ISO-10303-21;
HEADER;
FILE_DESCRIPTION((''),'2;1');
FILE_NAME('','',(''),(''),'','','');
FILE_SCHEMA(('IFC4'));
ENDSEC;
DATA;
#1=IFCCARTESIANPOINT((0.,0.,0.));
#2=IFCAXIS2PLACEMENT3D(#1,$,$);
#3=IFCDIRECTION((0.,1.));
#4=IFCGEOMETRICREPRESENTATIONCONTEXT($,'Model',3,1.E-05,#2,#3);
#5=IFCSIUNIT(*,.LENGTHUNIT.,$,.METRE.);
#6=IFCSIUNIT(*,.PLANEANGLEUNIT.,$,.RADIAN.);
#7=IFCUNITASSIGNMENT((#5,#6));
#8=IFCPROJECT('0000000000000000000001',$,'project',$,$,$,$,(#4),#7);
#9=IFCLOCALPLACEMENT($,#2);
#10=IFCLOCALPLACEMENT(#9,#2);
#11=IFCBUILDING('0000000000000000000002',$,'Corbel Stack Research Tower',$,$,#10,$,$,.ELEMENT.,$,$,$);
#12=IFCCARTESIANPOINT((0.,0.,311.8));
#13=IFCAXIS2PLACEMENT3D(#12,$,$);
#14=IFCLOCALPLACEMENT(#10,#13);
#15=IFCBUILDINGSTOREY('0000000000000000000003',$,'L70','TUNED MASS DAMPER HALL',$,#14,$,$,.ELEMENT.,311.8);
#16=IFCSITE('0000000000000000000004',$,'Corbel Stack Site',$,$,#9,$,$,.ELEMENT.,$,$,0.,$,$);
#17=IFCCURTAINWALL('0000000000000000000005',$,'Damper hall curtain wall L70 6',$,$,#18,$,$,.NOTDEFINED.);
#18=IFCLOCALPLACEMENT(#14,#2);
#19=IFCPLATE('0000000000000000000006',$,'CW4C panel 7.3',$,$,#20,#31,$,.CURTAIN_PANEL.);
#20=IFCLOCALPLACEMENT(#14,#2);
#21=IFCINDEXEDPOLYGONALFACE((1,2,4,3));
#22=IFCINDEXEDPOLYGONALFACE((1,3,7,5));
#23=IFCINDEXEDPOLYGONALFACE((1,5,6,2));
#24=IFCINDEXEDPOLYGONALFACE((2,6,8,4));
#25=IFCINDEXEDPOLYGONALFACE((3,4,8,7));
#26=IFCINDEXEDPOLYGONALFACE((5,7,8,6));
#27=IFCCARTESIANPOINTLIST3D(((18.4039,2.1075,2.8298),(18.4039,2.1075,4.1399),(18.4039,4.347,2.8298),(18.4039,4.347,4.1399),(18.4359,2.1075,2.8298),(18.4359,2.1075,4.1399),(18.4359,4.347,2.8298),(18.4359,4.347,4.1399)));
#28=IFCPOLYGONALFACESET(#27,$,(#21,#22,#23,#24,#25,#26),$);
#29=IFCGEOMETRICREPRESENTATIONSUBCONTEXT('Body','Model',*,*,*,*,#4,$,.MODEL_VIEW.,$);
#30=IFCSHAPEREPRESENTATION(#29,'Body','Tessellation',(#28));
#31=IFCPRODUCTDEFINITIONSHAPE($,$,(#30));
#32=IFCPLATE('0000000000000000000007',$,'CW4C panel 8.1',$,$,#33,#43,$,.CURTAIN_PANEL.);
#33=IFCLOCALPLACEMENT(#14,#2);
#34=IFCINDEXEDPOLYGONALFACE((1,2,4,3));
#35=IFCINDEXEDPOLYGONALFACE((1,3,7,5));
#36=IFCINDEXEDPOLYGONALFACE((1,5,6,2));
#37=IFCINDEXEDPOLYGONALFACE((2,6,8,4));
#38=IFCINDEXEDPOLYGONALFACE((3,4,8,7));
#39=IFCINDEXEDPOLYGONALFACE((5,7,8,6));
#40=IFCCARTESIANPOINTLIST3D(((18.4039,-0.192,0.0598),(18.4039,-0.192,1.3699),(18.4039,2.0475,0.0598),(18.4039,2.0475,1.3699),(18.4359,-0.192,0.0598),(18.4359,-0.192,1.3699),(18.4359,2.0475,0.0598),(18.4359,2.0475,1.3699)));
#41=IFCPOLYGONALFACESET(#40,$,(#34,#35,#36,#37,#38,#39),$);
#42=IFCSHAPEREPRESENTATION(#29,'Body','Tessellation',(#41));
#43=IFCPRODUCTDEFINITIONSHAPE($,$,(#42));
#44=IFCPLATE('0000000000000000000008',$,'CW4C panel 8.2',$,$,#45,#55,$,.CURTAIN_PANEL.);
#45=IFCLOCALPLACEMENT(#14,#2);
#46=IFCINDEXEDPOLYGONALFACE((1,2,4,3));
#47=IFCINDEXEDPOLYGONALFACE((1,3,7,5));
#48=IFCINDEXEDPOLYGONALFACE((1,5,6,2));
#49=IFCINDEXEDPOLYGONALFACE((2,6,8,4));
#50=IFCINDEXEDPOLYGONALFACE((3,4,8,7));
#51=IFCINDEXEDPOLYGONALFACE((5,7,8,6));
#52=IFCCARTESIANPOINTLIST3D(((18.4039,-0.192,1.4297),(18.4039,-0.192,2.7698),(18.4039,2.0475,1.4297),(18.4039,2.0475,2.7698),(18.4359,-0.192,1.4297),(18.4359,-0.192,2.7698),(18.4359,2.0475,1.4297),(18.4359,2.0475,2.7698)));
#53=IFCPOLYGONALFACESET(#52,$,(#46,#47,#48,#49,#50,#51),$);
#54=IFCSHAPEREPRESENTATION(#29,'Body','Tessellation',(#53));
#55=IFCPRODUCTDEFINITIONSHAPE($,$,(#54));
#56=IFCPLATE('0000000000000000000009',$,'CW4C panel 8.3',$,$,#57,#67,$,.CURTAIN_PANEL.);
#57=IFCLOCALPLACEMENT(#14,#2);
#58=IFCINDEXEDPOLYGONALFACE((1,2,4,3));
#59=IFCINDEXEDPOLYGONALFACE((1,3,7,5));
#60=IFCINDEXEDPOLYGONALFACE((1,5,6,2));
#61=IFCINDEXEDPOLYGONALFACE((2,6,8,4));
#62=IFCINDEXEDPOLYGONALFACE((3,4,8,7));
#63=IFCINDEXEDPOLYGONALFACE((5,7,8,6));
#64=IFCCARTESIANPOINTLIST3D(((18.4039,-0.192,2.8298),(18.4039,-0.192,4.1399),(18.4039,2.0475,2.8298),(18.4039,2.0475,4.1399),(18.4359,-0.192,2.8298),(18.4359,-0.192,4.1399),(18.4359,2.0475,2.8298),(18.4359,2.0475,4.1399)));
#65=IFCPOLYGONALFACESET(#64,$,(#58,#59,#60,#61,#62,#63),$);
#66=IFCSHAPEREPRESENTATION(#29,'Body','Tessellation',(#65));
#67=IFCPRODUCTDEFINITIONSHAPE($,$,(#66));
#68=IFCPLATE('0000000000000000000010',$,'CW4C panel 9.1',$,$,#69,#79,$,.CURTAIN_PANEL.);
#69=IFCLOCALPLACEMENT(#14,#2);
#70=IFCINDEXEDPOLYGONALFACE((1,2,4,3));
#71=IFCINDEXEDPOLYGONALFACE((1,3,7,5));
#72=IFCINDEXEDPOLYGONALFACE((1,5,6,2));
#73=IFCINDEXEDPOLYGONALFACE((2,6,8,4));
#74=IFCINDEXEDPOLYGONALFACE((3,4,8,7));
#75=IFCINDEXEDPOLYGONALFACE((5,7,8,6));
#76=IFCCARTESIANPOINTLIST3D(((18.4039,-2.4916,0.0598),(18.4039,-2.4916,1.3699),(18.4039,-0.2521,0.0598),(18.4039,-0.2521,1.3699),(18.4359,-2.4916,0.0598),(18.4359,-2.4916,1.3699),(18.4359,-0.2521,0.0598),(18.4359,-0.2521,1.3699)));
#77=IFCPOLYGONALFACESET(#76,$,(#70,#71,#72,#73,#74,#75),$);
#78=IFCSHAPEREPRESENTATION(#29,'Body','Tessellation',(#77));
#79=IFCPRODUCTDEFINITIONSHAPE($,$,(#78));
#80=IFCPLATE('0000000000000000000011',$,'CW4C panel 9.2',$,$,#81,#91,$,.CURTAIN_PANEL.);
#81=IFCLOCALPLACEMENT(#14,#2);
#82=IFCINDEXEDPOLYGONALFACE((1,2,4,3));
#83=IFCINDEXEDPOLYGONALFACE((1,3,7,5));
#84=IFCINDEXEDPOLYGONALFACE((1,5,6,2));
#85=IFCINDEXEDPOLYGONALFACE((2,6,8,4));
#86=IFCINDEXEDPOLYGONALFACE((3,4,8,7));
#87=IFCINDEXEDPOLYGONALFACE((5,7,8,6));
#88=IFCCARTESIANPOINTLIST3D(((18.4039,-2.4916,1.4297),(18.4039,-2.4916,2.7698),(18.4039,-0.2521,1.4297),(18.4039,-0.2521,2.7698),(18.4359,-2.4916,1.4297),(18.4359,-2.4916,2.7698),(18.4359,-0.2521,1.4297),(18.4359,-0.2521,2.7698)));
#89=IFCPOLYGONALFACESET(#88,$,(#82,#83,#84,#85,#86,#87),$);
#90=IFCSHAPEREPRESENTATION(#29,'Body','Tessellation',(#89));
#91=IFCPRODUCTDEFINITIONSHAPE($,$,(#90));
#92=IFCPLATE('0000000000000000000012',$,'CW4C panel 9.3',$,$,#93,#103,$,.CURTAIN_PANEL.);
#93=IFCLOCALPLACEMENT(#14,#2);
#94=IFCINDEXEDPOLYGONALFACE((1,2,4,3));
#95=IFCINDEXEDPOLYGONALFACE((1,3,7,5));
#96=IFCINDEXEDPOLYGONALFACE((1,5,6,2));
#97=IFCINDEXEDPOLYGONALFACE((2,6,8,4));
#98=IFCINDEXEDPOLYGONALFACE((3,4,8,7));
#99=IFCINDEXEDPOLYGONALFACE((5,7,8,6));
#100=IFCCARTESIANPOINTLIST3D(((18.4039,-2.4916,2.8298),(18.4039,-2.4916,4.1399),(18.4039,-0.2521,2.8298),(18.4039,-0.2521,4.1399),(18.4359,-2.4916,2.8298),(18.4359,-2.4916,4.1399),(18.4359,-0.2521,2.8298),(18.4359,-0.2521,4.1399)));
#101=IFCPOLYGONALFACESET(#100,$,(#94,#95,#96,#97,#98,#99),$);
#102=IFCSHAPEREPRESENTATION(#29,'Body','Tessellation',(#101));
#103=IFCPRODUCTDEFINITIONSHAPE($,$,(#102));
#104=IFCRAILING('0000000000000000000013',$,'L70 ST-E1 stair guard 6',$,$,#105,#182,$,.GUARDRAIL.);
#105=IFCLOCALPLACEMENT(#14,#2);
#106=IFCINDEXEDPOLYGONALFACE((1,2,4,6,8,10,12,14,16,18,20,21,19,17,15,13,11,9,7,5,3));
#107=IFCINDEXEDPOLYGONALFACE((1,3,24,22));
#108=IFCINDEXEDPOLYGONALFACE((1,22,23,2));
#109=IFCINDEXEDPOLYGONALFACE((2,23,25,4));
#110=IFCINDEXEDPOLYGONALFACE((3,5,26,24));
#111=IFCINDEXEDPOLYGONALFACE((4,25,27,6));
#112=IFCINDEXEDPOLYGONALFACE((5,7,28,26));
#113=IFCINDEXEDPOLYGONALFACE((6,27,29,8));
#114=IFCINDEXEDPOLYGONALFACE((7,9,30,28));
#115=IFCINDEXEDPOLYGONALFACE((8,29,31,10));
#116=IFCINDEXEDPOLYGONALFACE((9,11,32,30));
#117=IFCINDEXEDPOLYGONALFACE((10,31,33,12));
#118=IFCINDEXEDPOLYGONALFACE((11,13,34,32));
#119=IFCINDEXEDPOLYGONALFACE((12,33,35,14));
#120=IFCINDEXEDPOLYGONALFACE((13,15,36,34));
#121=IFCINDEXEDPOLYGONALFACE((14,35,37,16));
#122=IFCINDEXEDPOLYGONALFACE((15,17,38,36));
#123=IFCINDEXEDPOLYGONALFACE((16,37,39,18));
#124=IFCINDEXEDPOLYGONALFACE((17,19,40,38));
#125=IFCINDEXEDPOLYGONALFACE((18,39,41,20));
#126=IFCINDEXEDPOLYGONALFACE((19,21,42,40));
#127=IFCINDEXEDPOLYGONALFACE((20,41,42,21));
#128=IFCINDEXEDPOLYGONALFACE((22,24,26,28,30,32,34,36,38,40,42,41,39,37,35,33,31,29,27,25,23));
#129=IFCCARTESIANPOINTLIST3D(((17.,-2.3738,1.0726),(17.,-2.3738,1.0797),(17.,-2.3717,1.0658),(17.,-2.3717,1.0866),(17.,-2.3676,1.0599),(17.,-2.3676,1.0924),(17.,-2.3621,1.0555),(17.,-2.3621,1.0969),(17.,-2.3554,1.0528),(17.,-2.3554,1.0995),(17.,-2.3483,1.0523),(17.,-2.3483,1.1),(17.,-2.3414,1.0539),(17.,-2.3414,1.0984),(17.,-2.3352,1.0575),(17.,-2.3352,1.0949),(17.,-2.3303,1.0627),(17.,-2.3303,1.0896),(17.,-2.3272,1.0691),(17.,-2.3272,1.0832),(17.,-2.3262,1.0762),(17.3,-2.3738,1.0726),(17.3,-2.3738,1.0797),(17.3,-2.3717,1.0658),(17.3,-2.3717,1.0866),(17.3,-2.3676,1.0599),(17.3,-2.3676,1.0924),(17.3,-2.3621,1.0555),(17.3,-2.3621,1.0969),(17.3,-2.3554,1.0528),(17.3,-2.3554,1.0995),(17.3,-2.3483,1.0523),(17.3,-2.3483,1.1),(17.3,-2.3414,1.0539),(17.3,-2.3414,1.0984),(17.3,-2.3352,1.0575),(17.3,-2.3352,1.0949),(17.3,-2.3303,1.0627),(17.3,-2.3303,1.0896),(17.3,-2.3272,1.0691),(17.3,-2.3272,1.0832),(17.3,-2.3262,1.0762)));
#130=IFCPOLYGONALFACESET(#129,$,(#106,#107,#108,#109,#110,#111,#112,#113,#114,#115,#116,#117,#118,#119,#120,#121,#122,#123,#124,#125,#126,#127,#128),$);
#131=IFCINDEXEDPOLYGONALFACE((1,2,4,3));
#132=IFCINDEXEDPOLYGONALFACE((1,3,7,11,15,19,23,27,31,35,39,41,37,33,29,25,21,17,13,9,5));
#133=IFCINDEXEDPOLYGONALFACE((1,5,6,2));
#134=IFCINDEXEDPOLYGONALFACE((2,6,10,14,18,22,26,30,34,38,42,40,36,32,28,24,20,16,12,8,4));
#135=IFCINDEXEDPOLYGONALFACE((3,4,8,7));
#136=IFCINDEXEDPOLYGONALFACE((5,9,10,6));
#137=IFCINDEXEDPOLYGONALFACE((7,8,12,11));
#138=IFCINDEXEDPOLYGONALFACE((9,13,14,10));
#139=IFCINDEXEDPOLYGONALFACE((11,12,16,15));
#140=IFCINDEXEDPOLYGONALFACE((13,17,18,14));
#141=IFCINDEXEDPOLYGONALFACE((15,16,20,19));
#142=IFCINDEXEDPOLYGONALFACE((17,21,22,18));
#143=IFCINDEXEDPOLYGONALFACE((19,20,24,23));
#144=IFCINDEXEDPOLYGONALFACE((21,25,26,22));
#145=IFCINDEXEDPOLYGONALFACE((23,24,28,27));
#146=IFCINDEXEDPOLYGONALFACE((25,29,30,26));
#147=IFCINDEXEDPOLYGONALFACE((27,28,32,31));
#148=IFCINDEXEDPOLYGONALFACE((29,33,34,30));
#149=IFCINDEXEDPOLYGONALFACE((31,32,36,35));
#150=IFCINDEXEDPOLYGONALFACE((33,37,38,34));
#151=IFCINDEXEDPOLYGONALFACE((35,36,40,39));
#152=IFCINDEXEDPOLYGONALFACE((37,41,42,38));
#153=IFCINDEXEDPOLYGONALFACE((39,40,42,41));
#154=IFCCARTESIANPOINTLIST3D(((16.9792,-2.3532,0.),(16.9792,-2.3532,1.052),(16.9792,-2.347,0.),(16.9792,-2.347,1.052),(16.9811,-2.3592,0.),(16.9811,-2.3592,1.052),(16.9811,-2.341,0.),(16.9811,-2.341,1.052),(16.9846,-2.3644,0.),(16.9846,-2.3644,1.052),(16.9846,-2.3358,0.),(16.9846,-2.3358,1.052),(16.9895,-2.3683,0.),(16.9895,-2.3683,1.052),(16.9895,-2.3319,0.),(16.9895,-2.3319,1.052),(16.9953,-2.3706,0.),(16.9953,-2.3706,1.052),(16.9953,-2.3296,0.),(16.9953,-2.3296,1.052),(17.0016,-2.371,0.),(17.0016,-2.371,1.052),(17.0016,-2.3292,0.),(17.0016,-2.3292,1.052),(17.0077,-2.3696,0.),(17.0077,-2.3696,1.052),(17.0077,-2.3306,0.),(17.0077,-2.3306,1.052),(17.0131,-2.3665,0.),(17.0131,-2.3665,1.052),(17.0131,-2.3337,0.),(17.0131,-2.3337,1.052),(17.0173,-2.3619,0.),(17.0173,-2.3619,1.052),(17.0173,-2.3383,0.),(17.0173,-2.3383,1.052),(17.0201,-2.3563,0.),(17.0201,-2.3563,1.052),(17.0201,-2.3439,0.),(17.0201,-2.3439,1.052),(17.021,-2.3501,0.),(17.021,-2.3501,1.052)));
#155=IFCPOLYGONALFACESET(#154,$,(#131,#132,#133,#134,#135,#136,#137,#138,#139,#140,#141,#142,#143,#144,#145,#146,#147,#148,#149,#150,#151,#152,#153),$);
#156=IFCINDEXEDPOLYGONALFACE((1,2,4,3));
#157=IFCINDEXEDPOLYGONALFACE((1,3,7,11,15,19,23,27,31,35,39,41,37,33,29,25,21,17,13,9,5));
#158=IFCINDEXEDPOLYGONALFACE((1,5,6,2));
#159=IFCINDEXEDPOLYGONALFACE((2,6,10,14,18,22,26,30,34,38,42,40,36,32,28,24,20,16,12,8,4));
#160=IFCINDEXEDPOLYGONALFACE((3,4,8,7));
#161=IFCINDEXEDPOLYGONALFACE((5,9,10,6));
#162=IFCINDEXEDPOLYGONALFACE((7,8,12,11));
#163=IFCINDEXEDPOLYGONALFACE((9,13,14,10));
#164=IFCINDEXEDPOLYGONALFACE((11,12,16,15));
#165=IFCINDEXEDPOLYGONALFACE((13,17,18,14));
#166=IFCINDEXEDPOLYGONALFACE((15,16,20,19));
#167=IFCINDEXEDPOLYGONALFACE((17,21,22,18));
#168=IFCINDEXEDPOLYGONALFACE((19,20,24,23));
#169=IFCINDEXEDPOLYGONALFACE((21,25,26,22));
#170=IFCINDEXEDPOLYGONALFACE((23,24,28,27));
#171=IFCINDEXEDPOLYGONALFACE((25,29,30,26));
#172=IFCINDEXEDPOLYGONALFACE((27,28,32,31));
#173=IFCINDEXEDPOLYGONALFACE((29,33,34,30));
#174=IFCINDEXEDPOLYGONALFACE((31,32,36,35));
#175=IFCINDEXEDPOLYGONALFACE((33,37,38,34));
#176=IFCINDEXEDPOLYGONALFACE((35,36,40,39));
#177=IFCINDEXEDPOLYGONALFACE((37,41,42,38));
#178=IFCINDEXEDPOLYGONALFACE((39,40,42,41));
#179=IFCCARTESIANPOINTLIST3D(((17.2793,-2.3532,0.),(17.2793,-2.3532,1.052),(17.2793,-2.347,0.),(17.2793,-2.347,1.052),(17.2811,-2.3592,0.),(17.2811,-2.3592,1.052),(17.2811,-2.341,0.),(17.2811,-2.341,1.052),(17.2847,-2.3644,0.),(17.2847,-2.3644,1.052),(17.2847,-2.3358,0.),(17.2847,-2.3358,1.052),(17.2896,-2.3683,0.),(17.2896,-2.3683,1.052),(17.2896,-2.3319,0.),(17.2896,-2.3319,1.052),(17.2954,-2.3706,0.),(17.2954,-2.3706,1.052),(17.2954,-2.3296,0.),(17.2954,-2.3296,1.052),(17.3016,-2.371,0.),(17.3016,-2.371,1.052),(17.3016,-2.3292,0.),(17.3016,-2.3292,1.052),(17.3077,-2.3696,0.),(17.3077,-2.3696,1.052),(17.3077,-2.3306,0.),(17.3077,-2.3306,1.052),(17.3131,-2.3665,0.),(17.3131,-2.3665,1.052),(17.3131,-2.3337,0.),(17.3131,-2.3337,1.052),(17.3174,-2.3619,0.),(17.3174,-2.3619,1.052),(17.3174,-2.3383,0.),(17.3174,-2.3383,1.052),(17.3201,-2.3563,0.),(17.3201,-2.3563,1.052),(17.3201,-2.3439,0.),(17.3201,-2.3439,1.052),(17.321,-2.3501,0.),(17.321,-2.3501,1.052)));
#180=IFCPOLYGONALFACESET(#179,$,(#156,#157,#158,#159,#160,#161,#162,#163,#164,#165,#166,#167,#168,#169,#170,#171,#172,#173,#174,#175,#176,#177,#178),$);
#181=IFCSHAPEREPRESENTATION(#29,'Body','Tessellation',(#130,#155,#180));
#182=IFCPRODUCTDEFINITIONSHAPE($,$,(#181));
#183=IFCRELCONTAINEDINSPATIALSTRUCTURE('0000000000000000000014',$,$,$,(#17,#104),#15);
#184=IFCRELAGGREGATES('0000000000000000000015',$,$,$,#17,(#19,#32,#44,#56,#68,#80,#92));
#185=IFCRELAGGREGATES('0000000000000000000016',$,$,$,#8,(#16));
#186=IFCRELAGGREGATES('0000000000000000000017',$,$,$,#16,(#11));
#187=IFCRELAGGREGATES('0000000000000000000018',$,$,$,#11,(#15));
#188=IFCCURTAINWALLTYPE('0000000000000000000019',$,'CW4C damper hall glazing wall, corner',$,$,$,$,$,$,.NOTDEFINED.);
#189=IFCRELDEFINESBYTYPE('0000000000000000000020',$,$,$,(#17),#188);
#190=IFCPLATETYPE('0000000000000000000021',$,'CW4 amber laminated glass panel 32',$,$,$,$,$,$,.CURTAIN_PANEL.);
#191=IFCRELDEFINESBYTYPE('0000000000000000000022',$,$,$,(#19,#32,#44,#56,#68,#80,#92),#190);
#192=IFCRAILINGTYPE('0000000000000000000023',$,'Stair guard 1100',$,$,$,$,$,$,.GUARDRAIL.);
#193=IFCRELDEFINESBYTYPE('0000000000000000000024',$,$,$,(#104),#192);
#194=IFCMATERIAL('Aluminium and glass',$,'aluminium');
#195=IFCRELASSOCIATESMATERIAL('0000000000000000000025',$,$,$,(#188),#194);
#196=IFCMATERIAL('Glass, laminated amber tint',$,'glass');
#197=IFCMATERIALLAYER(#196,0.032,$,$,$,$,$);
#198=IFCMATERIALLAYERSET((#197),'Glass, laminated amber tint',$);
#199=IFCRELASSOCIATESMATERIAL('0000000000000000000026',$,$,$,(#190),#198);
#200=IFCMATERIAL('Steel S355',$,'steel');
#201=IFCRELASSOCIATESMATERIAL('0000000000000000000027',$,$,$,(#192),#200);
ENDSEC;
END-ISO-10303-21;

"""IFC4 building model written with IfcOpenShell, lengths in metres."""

from ifc_helpers import new_model, si_unit, direction, frame, origin, origin_2d, place, context, subcontext, project, spatial, rectangle, circle, extrude, material, layer, layer_set, type_object, element, aggregate, save


model = new_model("IFC4")

# Units and contexts
model_context = context("Model", 3, precision=1e-05, world=origin(), true_north=direction((0.0, 1.0)))
body_context = subcontext(model_context, "Body", "Model", "MODEL_VIEW")
ifc_project = project(units=[si_unit("LENGTHUNIT", "METRE"), si_unit("PLANEANGLEUNIT", "RADIAN")], contexts=[model_context])

# Site, building, storey
site_placement = place(None, origin())
site = spatial("IfcSite", under=ifc_project, at=site_placement, Name="Corbel Stack Site", CompositionType="ELEMENT", RefElevation=0.0)
building_placement = place(site_placement, origin())
building = spatial("IfcBuilding", under=site, at=building_placement, Name="Corbel Stack Research Tower", CompositionType="ELEMENT")
storey_placement = place(building_placement, frame((0.0, 0.0, 311.8)))
storey = spatial("IfcBuildingStorey", under=building, at=storey_placement, Name="L70", Description="TUNED MASS DAMPER HALL", CompositionType="ELEMENT", Elevation=311.8)

# Curtain wall, plates
ifc_material_1 = material(Name="Aluminium and glass", Category="aluminium")
curtain_wall_type = type_object("IfcCurtainWallType", Name="CW4C damper hall glazing wall, corner", PredefinedType="NOTDEFINED", material=ifc_material_1)
curtain_wall_placement = place(storey_placement, origin())
curtain_wall = element("IfcCurtainWall", 1, at=curtain_wall_placement, inside=storey, type_object=curtain_wall_type, Name="Damper hall curtain wall L70 6", PredefinedType="NOTDEFINED")
ifc_material_2 = material(Name="Glass, laminated amber tint", Category="glass")
ifc_layer = layer(ifc_material_2, 0.032)
ifc_layer_set = layer_set([ifc_layer], Name="Glass, laminated amber tint")
plate_type = type_object("IfcPlateType", Name="CW4 amber laminated glass panel 32", PredefinedType="CURTAIN_PANEL", material=ifc_layer_set)
plate_1_placement = place(storey_placement, frame((18.4199, 3.2273, 2.8298), z_axis=(0.0, 0.0, 1.0), x_axis=(0.0, -1.0, 0.0)))
plate_1 = element("IfcPlate", 2, at=plate_1_placement, type_object=plate_type, Name="CW4C panel 7.3", PredefinedType="CURTAIN_PANEL", context=body_context, shape_type="SweptSolid", body=[
    extrude(rectangle(XDim=2.2395, YDim=0.032, at=origin_2d()), origin(), (0.0, 0.0, 1.0), 1.3101),
])
plate_2_placement = place(storey_placement, frame((18.4199, 0.9277, 0.0598), z_axis=(0.0, 0.0, 1.0), x_axis=(0.0, -1.0, 0.0)))
plate_2 = element("IfcPlate", 3, at=plate_2_placement, type_object=plate_type, Name="CW4C panel 8.1", PredefinedType="CURTAIN_PANEL", context=body_context, shape_type="SweptSolid", body=[
    extrude(rectangle(XDim=2.2395, YDim=0.032, at=origin_2d()), origin(), (0.0, 0.0, 1.0), 1.3101),
])
plate_3_placement = place(storey_placement, frame((18.4199, 0.9277, 1.4297), z_axis=(0.0, 0.0, 1.0), x_axis=(0.0, -1.0, 0.0)))
plate_3 = element("IfcPlate", 4, at=plate_3_placement, type_object=plate_type, Name="CW4C panel 8.2", PredefinedType="CURTAIN_PANEL", context=body_context, shape_type="SweptSolid", body=[
    extrude(rectangle(XDim=2.2395, YDim=0.032, at=origin_2d()), origin(), (0.0, 0.0, 1.0), 1.3401),
])
plate_4_placement = place(storey_placement, frame((18.4199, 0.9277, 2.8298), z_axis=(0.0, 0.0, 1.0), x_axis=(0.0, -1.0, 0.0)))
plate_4 = element("IfcPlate", 5, at=plate_4_placement, type_object=plate_type, Name="CW4C panel 8.3", PredefinedType="CURTAIN_PANEL", context=body_context, shape_type="SweptSolid", body=[
    extrude(rectangle(XDim=2.2395, YDim=0.032, at=origin_2d()), origin(), (0.0, 0.0, 1.0), 1.3101),
])
plate_5_placement = place(storey_placement, frame((18.4199, -1.3718, 0.0598), z_axis=(0.0, 0.0, 1.0), x_axis=(0.0, -1.0, 0.0)))
plate_5 = element("IfcPlate", 6, at=plate_5_placement, type_object=plate_type, Name="CW4C panel 9.1", PredefinedType="CURTAIN_PANEL", context=body_context, shape_type="SweptSolid", body=[
    extrude(rectangle(XDim=2.2395, YDim=0.032, at=origin_2d()), origin(), (0.0, 0.0, 1.0), 1.3101),
])
plate_6_placement = place(storey_placement, frame((18.4199, -1.3718, 1.4297), z_axis=(0.0, 0.0, 1.0), x_axis=(0.0, -1.0, 0.0)))
plate_6 = element("IfcPlate", 7, at=plate_6_placement, type_object=plate_type, Name="CW4C panel 9.2", PredefinedType="CURTAIN_PANEL", context=body_context, shape_type="SweptSolid", body=[
    extrude(rectangle(XDim=2.2395, YDim=0.032, at=origin_2d()), origin(), (0.0, 0.0, 1.0), 1.3401),
])
plate_7_placement = place(storey_placement, frame((18.4199, -1.3718, 2.8298), z_axis=(0.0, 0.0, 1.0), x_axis=(0.0, -1.0, 0.0)))
plate_7 = element("IfcPlate", 8, at=plate_7_placement, type_object=plate_type, Name="CW4C panel 9.3", PredefinedType="CURTAIN_PANEL", context=body_context, shape_type="SweptSolid", body=[
    extrude(rectangle(XDim=2.2395, YDim=0.032, at=origin_2d()), origin(), (0.0, 0.0, 1.0), 1.3101),
])
aggregate(curtain_wall, [plate_1, plate_2, plate_3, plate_4, plate_5, plate_6, plate_7])

# Railing
ifc_material_3 = material(Name="Steel S355", Category="steel")
railing_type = type_object("IfcRailingType", Name="Stair guard 1100", PredefinedType="GUARDRAIL", material=ifc_material_3)
railing_placement = place(storey_placement, frame((17.0, -2.3501, 0.0)))
element("IfcRailing", 9, at=railing_placement, inside=storey, type_object=railing_type, Name="L70 ST-E1 stair guard 6", PredefinedType="GUARDRAIL", context=body_context, shape_type="SweptSolid", body=[
    extrude(circle(Radius=0.0239, at=origin_2d()), frame((0.0, 0.0, 1.0762), z_axis=(1.0, 0.0, 0.0), x_axis=(0.0, 1.0, 0.0)), (0.0, 0.0, 1.0), 0.3),
    extrude(circle(Radius=0.021, at=origin_2d()), origin(), (0.0, 0.0, 1.0), 1.052),
    extrude(circle(Radius=0.021, at=origin_2d()), frame((0.3, 0.0, 0.0)), (0.0, 0.0, 1.0), 1.052),
])

save(model, "model.ifc")
